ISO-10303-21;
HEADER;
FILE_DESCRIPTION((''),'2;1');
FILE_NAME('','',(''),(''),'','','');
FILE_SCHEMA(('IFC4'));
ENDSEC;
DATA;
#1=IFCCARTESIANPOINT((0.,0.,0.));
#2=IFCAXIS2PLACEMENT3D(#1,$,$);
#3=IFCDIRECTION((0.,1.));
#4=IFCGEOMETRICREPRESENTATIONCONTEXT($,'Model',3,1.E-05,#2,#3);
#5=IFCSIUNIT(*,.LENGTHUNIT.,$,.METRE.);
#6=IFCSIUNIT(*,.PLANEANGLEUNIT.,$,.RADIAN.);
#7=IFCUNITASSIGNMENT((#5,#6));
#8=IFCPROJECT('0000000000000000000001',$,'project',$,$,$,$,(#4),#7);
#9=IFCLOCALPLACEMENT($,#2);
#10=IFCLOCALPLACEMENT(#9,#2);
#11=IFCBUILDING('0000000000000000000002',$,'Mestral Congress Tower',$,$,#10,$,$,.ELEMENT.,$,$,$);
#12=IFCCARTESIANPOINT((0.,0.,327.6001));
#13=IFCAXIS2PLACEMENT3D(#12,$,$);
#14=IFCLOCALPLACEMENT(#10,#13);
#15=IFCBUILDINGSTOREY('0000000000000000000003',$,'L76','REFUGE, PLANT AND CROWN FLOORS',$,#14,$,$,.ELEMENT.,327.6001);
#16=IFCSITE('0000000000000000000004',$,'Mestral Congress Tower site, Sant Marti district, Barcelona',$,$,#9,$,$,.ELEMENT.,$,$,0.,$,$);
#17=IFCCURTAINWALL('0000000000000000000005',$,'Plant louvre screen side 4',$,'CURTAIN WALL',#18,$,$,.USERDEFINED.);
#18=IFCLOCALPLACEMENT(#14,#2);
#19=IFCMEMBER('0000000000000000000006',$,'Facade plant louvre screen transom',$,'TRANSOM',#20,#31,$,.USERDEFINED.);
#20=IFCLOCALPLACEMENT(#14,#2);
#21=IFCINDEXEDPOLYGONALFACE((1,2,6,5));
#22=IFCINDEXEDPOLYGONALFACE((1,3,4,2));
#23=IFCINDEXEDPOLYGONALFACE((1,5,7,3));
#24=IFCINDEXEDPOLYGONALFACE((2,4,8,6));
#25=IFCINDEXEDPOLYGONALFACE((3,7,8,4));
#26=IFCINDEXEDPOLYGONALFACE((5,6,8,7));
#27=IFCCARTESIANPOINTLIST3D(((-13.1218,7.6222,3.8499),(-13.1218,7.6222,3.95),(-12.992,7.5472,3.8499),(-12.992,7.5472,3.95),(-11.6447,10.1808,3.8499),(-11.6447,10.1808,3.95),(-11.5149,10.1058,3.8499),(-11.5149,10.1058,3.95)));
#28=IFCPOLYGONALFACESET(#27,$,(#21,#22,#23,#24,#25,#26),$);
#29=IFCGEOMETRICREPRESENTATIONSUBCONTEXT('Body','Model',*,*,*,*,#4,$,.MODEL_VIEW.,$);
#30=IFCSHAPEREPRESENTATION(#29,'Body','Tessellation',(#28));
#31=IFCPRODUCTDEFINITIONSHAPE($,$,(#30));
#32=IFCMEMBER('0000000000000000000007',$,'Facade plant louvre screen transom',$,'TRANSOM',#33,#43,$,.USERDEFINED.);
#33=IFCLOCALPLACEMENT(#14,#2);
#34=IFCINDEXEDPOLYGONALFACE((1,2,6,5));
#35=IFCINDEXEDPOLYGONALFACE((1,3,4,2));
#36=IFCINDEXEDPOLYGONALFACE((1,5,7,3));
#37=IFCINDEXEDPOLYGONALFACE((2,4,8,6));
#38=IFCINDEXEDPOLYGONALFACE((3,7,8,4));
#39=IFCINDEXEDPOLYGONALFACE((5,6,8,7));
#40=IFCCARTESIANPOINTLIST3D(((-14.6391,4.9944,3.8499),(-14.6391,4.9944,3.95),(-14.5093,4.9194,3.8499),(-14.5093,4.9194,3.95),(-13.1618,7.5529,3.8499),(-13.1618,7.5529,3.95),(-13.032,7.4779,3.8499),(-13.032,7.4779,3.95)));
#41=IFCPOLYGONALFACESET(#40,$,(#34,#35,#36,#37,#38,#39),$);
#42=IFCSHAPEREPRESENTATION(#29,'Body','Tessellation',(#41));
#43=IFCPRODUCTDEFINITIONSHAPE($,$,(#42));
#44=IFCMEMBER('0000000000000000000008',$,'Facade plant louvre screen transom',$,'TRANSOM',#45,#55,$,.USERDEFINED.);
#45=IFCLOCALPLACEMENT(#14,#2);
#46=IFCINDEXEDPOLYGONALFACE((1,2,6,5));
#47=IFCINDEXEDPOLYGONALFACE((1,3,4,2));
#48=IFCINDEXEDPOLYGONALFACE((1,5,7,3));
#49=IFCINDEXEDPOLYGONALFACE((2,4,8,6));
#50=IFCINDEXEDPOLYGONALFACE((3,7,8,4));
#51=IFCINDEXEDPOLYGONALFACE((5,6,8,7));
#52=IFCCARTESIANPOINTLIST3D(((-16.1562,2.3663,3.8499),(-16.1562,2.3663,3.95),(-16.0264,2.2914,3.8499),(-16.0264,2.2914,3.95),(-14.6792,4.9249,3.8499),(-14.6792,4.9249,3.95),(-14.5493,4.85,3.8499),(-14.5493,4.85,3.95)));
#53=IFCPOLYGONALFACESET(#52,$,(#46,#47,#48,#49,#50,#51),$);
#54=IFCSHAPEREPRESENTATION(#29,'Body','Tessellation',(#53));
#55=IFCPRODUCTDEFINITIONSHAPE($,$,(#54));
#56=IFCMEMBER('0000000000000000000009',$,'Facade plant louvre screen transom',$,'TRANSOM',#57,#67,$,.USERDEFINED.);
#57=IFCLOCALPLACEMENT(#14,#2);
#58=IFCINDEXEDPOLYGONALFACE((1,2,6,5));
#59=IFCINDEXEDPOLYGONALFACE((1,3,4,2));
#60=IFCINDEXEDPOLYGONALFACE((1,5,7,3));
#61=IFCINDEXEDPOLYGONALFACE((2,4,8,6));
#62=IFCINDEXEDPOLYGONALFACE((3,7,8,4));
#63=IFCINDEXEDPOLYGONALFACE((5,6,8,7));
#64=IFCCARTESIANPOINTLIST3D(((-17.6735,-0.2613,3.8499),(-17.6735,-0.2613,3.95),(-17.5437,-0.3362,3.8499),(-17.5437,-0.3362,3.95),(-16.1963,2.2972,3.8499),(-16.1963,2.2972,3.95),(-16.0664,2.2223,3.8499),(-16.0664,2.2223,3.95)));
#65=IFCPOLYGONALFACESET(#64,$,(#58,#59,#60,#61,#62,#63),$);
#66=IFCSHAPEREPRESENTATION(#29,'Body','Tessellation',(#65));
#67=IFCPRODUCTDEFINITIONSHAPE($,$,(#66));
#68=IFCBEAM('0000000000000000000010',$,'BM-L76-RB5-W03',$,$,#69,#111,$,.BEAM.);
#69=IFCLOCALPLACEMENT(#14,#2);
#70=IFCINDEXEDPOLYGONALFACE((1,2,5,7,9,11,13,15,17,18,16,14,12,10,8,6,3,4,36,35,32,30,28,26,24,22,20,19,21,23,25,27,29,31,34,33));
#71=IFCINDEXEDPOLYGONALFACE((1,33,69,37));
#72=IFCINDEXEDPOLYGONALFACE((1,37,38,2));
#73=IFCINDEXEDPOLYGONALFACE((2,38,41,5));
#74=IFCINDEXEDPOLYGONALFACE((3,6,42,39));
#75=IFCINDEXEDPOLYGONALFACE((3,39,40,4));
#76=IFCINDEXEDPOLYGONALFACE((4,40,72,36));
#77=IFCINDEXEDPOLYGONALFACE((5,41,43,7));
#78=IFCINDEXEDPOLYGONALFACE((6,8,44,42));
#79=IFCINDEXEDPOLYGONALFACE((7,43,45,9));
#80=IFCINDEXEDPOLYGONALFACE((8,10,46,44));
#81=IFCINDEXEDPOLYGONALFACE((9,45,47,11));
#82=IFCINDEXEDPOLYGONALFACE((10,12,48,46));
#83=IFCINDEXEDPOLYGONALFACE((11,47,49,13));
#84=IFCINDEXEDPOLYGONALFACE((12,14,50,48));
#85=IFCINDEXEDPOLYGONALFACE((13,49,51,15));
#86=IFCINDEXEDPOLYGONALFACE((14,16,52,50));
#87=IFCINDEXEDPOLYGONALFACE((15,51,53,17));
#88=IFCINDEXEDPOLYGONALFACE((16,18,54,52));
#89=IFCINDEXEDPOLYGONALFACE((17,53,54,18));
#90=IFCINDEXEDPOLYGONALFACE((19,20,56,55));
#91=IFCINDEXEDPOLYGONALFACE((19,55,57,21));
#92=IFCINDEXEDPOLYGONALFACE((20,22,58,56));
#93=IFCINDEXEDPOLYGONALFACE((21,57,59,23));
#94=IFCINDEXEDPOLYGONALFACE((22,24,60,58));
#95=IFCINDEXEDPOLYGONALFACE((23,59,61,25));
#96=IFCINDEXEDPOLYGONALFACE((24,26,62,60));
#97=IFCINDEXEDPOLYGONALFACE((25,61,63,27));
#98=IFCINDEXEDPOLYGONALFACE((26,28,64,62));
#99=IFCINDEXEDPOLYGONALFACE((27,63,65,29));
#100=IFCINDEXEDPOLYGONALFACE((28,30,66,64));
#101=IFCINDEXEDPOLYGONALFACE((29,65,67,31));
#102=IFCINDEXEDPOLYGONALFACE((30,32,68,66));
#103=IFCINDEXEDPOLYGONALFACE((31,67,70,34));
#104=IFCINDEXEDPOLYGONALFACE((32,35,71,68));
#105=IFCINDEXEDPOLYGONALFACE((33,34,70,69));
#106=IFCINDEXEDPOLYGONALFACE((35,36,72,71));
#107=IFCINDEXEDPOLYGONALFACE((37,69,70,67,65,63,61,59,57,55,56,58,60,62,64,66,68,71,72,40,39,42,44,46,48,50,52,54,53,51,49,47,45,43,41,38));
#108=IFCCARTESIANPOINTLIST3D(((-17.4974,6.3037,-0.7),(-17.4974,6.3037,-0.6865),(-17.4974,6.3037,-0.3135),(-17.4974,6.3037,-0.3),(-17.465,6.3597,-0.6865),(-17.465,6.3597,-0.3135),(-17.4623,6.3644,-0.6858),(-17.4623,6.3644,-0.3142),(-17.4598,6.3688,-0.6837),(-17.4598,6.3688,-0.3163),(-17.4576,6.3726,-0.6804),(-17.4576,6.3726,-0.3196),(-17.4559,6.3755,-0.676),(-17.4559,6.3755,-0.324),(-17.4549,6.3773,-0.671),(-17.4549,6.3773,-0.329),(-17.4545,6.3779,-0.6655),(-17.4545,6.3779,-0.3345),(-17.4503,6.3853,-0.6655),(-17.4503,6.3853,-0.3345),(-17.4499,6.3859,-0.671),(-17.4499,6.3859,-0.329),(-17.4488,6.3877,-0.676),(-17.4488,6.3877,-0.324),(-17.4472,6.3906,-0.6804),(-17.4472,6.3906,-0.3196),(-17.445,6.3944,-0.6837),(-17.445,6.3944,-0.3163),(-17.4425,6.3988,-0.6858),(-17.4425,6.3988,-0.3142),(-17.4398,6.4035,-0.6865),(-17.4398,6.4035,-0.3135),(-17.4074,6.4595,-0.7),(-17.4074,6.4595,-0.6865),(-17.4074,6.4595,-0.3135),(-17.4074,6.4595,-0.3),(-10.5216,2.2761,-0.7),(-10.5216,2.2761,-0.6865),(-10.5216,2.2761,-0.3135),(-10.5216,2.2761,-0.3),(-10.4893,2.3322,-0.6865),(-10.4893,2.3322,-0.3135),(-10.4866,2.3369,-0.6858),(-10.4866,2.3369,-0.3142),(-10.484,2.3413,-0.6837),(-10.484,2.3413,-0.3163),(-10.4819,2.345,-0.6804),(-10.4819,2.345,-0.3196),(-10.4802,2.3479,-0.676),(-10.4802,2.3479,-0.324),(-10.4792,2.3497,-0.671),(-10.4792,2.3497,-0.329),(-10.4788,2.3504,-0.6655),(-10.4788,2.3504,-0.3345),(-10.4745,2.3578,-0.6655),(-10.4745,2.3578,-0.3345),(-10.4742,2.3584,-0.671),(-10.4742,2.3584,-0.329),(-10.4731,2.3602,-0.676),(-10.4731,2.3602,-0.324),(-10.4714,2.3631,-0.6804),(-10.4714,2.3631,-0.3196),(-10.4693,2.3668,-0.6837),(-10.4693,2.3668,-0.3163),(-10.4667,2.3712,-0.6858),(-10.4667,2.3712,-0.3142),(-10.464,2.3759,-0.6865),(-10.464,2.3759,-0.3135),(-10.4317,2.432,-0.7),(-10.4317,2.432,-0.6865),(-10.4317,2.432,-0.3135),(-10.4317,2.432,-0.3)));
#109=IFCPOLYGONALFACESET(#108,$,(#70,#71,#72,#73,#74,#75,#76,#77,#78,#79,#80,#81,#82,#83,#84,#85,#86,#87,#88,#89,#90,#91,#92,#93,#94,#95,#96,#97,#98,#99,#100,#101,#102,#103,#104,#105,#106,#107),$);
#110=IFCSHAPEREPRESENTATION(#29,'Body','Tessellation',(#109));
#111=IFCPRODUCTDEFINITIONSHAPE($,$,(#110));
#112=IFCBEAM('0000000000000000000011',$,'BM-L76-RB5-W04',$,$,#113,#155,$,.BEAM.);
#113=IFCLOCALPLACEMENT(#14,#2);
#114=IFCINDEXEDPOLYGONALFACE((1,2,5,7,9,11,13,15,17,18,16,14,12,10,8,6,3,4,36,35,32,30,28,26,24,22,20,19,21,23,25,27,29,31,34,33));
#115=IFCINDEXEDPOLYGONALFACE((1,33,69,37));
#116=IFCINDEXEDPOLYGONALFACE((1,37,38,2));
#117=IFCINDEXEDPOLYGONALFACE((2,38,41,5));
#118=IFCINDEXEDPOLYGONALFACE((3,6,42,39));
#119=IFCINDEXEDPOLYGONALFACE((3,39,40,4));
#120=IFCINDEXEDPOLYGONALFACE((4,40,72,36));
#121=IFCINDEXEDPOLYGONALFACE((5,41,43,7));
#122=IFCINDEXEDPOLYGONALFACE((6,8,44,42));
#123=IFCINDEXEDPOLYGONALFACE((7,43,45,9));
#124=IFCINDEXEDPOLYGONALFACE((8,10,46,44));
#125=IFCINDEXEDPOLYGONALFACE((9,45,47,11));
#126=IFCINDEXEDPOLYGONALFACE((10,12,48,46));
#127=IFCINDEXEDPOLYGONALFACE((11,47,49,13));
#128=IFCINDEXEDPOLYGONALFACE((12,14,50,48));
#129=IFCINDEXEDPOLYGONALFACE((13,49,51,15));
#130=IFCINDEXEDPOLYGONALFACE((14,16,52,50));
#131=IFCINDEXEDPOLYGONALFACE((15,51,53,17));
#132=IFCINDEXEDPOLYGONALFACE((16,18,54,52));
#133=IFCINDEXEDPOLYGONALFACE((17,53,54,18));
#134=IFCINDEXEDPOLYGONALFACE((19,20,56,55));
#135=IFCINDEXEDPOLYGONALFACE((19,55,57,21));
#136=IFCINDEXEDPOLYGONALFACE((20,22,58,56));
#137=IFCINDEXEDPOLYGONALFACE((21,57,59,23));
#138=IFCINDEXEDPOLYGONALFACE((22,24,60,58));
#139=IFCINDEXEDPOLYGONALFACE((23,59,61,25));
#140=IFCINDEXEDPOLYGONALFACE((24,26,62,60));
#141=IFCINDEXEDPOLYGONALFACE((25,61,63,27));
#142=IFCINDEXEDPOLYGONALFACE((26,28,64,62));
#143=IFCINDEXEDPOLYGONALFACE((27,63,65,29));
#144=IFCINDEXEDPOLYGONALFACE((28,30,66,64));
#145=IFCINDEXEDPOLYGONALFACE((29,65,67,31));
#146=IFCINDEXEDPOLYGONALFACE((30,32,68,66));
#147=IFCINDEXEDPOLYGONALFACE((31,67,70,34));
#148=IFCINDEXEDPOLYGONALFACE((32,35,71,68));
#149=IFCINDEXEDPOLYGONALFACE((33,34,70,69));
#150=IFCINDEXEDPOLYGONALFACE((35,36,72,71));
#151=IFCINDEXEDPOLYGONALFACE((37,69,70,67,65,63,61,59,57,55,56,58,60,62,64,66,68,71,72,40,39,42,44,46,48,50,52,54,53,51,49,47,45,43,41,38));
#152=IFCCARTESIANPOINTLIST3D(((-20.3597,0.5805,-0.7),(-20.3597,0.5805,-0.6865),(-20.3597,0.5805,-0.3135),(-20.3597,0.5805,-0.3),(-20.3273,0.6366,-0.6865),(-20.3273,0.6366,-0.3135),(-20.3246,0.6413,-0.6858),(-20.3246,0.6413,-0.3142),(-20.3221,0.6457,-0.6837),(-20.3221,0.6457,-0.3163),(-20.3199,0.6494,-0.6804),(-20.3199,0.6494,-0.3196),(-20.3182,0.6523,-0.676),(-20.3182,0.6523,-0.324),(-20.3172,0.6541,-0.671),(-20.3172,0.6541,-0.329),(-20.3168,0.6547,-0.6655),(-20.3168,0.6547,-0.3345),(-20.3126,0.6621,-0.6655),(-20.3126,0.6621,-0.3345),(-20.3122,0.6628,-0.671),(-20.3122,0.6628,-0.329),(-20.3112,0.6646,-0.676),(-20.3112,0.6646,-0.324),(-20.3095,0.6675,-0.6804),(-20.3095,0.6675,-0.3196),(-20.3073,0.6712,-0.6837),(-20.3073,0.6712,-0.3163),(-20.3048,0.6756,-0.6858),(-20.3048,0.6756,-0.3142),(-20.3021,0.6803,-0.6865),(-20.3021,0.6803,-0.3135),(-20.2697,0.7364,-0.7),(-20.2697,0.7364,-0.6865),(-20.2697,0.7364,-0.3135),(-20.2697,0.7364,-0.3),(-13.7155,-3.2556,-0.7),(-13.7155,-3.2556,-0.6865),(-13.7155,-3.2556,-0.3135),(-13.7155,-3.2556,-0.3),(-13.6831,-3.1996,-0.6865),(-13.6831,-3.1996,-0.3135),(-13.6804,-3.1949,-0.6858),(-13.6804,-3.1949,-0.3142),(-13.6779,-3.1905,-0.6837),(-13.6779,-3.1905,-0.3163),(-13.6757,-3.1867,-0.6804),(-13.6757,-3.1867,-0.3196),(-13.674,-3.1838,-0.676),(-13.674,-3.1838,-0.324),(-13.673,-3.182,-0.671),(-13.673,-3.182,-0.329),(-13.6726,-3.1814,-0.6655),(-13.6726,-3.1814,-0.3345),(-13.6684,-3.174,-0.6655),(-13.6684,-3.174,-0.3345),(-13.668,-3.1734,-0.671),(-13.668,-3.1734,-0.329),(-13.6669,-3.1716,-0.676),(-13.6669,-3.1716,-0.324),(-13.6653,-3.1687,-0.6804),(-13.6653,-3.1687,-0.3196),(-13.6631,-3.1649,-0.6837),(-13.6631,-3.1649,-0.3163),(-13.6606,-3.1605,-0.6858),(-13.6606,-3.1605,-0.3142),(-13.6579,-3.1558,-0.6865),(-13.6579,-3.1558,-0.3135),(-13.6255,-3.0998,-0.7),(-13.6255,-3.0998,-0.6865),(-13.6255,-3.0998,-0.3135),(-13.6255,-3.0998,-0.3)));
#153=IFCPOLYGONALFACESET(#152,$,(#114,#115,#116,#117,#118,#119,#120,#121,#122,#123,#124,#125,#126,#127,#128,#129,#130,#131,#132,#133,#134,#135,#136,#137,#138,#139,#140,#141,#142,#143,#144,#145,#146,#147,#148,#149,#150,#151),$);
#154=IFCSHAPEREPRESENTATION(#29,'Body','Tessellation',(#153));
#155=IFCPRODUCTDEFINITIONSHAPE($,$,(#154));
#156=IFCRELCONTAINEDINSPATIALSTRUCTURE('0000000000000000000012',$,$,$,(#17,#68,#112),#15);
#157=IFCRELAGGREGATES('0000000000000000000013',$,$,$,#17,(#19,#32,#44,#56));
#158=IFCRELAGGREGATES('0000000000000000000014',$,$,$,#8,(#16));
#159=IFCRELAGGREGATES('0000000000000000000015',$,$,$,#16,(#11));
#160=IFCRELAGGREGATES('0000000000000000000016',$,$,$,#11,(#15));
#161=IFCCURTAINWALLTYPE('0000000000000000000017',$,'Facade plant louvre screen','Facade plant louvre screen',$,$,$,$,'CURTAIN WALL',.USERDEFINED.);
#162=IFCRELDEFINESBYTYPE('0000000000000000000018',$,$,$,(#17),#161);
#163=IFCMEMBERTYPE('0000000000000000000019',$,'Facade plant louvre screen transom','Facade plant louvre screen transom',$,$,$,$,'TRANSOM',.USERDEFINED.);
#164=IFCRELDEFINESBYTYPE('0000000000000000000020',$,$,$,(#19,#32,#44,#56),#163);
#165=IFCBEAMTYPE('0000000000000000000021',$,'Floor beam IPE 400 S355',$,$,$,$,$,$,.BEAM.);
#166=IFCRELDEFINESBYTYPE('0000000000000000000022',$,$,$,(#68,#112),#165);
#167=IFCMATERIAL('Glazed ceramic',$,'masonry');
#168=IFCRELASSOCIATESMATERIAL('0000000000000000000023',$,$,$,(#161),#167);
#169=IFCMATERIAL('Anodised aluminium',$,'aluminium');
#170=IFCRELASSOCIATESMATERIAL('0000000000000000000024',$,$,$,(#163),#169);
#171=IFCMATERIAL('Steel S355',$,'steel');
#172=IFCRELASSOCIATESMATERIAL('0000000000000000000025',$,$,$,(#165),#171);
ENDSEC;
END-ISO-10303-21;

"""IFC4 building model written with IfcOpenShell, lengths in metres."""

from ifc_helpers import new_model, si_unit, direction, frame, origin, origin_2d, place, context, subcontext, project, spatial, rectangle, i_section, extrude, material, material_profile, profile_set, type_object, element, aggregate, save


model = new_model("IFC4")

# Units and contexts
model_context = context("Model", 3, precision=1e-05, world=origin(), true_north=direction((0.0, 1.0)))
body_context = subcontext(model_context, "Body", "Model", "MODEL_VIEW")
ifc_project = project(units=[si_unit("LENGTHUNIT", "METRE"), si_unit("PLANEANGLEUNIT", "RADIAN")], contexts=[model_context])

# Site, building, storey
site_placement = place(None, origin())
site = spatial("IfcSite", under=ifc_project, at=site_placement, Name="Mestral Congress Tower site, Sant Marti district, Barcelona", CompositionType="ELEMENT", RefElevation=0.0)
building_placement = place(site_placement, origin())
building = spatial("IfcBuilding", under=site, at=building_placement, Name="Mestral Congress Tower", CompositionType="ELEMENT")
storey_placement = place(building_placement, frame((0.0, 0.0, 327.6001)))
storey = spatial("IfcBuildingStorey", under=building, at=storey_placement, Name="L76", Description="REFUGE, PLANT AND CROWN FLOORS", CompositionType="ELEMENT", Elevation=327.6001)

# Shared definitions
ifc_material_1 = material(Name="Steel S355", Category="steel")

# Curtain wall, members
ifc_material_2 = material(Name="Glazed ceramic", Category="masonry")
curtain_wall_type = type_object("IfcCurtainWallType", Name="Facade plant louvre screen", Description="Facade plant louvre screen", ElementType="CURTAIN WALL", PredefinedType="USERDEFINED", material=ifc_material_2)
curtain_wall_placement = place(storey_placement, origin())
curtain_wall = element("IfcCurtainWall", 1, at=curtain_wall_placement, inside=storey, type_object=curtain_wall_type, Name="Plant louvre screen side 4", ObjectType="CURTAIN WALL", PredefinedType="USERDEFINED")
ifc_material_3 = material(Name="Anodised aluminium", Category="aluminium")
ifc_material_profile_1 = material_profile(ifc_material_3, rectangle(XDim=0.1499, YDim=0.1001, at=origin_2d()), Name="CW6 transom 150 x 100")
ifc_profile_set_1 = profile_set([ifc_material_profile_1], Name="Anodised aluminium")
member_type_1 = type_object("IfcMemberType", Name="Facade plant louvre screen transom", Description="Facade plant louvre screen transom", ElementType="TRANSOM", PredefinedType="USERDEFINED", material=ifc_profile_set_1)
member_1_placement = place(storey_placement, frame((-11.5798, 10.1433, 3.8999), z_axis=(-0.499961, -0.866048, 0.0), x_axis=(0.866048, -0.499961, 0.0)))
member_1 = element("IfcMember", 2, at=member_1_placement, type_object=member_type_1, Name="Facade plant louvre screen transom", ObjectType="TRANSOM", PredefinedType="USERDEFINED", context=body_context, shape_type="SweptSolid", body=[
    extrude(rectangle(XDim=0.1499, YDim=0.1001, at=origin_2d()), origin(), (0.0, 0.0, 1.0), 2.9543),
])
member_2_placement = place(storey_placement, frame((-13.0969, 7.5154, 3.8999), z_axis=(-0.500023, -0.866012, 0.0), x_axis=(0.866012, -0.500023, 0.0)))
member_2 = element("IfcMember", 3, at=member_2_placement, type_object=member_type_1, Name="Facade plant louvre screen transom", ObjectType="TRANSOM", PredefinedType="USERDEFINED", context=body_context, shape_type="SweptSolid", body=[
    extrude(rectangle(XDim=0.1499, YDim=0.1001, at=origin_2d()), origin(), (0.0, 0.0, 1.0), 2.9543),
])
member_3_placement = place(storey_placement, frame((-14.6143, 4.8875, 3.8999), z_axis=(-0.499961, -0.866048, 0.0), x_axis=(0.866048, -0.499961, 0.0)))
member_3 = element("IfcMember", 4, at=member_3_placement, type_object=member_type_1, Name="Facade plant louvre screen transom", ObjectType="TRANSOM", PredefinedType="USERDEFINED", context=body_context, shape_type="SweptSolid", body=[
    extrude(rectangle(XDim=0.1499, YDim=0.1001, at=origin_2d()), origin(), (0.0, 0.0, 1.0), 2.9543),
])
member_4_placement = place(storey_placement, frame((-16.1313, 2.2598, 3.8999), z_axis=(-0.500023, -0.866012, 0.0), x_axis=(0.866012, -0.500023, 0.0)))
member_4 = element("IfcMember", 5, at=member_4_placement, type_object=member_type_1, Name="Facade plant louvre screen transom", ObjectType="TRANSOM", PredefinedType="USERDEFINED", context=body_context, shape_type="SweptSolid", body=[
    extrude(rectangle(XDim=0.1499, YDim=0.1001, at=origin_2d()), origin(), (0.0, 0.0, 1.0), 2.9543),
])

# Beams
ifc_material_profile_2 = material_profile(ifc_material_1, i_section(OverallWidth=0.1799, OverallDepth=0.3999, WebThickness=0.0085, FlangeThickness=0.0134, FilletRadius=0.021, at=origin_2d()), Name="IPE 400")
ifc_profile_set_2 = profile_set([ifc_material_profile_2], Name="Steel S355")
beam_type_1 = type_object("IfcBeamType", Name="Floor beam IPE 400 S355", PredefinedType="BEAM", material=ifc_profile_set_2)
beam_1_placement = place(storey_placement, frame((-17.4524, 6.3816, -0.5), z_axis=(0.866021, -0.500008, 0.0), x_axis=(0.500008, 0.866021, 0.0)))
element("IfcBeam", 6, at=beam_1_placement, inside=storey, type_object=beam_type_1, Name="BM-L76-RB5-W03", PredefinedType="BEAM", context=body_context, shape_type="SweptSolid", body=[
    extrude(i_section(OverallWidth=0.1799, OverallDepth=0.3999, WebThickness=0.0085, FlangeThickness=0.0134, FilletRadius=0.021, at=origin_2d()), origin(), (0.0, 0.0, 1.0), 8.0549),
])
beam_2_placement = place(storey_placement, frame((-20.3147, 0.6584, -0.5), z_axis=(0.86602, -0.50001, 0.0), x_axis=(0.50001, 0.86602, 0.0)))
element("IfcBeam", 7, at=beam_2_placement, inside=storey, type_object=beam_type_1, Name="BM-L76-RB5-W04", PredefinedType="BEAM", context=body_context, shape_type="SweptSolid", body=[
    extrude(i_section(OverallWidth=0.1799, OverallDepth=0.3999, WebThickness=0.0085, FlangeThickness=0.0134, FilletRadius=0.021, at=origin_2d()), origin(), (0.0, 0.0, 1.0), 7.6721),
])

aggregate(curtain_wall, [member_1, member_2, member_3, member_4])

save(model, "model.ifc")
